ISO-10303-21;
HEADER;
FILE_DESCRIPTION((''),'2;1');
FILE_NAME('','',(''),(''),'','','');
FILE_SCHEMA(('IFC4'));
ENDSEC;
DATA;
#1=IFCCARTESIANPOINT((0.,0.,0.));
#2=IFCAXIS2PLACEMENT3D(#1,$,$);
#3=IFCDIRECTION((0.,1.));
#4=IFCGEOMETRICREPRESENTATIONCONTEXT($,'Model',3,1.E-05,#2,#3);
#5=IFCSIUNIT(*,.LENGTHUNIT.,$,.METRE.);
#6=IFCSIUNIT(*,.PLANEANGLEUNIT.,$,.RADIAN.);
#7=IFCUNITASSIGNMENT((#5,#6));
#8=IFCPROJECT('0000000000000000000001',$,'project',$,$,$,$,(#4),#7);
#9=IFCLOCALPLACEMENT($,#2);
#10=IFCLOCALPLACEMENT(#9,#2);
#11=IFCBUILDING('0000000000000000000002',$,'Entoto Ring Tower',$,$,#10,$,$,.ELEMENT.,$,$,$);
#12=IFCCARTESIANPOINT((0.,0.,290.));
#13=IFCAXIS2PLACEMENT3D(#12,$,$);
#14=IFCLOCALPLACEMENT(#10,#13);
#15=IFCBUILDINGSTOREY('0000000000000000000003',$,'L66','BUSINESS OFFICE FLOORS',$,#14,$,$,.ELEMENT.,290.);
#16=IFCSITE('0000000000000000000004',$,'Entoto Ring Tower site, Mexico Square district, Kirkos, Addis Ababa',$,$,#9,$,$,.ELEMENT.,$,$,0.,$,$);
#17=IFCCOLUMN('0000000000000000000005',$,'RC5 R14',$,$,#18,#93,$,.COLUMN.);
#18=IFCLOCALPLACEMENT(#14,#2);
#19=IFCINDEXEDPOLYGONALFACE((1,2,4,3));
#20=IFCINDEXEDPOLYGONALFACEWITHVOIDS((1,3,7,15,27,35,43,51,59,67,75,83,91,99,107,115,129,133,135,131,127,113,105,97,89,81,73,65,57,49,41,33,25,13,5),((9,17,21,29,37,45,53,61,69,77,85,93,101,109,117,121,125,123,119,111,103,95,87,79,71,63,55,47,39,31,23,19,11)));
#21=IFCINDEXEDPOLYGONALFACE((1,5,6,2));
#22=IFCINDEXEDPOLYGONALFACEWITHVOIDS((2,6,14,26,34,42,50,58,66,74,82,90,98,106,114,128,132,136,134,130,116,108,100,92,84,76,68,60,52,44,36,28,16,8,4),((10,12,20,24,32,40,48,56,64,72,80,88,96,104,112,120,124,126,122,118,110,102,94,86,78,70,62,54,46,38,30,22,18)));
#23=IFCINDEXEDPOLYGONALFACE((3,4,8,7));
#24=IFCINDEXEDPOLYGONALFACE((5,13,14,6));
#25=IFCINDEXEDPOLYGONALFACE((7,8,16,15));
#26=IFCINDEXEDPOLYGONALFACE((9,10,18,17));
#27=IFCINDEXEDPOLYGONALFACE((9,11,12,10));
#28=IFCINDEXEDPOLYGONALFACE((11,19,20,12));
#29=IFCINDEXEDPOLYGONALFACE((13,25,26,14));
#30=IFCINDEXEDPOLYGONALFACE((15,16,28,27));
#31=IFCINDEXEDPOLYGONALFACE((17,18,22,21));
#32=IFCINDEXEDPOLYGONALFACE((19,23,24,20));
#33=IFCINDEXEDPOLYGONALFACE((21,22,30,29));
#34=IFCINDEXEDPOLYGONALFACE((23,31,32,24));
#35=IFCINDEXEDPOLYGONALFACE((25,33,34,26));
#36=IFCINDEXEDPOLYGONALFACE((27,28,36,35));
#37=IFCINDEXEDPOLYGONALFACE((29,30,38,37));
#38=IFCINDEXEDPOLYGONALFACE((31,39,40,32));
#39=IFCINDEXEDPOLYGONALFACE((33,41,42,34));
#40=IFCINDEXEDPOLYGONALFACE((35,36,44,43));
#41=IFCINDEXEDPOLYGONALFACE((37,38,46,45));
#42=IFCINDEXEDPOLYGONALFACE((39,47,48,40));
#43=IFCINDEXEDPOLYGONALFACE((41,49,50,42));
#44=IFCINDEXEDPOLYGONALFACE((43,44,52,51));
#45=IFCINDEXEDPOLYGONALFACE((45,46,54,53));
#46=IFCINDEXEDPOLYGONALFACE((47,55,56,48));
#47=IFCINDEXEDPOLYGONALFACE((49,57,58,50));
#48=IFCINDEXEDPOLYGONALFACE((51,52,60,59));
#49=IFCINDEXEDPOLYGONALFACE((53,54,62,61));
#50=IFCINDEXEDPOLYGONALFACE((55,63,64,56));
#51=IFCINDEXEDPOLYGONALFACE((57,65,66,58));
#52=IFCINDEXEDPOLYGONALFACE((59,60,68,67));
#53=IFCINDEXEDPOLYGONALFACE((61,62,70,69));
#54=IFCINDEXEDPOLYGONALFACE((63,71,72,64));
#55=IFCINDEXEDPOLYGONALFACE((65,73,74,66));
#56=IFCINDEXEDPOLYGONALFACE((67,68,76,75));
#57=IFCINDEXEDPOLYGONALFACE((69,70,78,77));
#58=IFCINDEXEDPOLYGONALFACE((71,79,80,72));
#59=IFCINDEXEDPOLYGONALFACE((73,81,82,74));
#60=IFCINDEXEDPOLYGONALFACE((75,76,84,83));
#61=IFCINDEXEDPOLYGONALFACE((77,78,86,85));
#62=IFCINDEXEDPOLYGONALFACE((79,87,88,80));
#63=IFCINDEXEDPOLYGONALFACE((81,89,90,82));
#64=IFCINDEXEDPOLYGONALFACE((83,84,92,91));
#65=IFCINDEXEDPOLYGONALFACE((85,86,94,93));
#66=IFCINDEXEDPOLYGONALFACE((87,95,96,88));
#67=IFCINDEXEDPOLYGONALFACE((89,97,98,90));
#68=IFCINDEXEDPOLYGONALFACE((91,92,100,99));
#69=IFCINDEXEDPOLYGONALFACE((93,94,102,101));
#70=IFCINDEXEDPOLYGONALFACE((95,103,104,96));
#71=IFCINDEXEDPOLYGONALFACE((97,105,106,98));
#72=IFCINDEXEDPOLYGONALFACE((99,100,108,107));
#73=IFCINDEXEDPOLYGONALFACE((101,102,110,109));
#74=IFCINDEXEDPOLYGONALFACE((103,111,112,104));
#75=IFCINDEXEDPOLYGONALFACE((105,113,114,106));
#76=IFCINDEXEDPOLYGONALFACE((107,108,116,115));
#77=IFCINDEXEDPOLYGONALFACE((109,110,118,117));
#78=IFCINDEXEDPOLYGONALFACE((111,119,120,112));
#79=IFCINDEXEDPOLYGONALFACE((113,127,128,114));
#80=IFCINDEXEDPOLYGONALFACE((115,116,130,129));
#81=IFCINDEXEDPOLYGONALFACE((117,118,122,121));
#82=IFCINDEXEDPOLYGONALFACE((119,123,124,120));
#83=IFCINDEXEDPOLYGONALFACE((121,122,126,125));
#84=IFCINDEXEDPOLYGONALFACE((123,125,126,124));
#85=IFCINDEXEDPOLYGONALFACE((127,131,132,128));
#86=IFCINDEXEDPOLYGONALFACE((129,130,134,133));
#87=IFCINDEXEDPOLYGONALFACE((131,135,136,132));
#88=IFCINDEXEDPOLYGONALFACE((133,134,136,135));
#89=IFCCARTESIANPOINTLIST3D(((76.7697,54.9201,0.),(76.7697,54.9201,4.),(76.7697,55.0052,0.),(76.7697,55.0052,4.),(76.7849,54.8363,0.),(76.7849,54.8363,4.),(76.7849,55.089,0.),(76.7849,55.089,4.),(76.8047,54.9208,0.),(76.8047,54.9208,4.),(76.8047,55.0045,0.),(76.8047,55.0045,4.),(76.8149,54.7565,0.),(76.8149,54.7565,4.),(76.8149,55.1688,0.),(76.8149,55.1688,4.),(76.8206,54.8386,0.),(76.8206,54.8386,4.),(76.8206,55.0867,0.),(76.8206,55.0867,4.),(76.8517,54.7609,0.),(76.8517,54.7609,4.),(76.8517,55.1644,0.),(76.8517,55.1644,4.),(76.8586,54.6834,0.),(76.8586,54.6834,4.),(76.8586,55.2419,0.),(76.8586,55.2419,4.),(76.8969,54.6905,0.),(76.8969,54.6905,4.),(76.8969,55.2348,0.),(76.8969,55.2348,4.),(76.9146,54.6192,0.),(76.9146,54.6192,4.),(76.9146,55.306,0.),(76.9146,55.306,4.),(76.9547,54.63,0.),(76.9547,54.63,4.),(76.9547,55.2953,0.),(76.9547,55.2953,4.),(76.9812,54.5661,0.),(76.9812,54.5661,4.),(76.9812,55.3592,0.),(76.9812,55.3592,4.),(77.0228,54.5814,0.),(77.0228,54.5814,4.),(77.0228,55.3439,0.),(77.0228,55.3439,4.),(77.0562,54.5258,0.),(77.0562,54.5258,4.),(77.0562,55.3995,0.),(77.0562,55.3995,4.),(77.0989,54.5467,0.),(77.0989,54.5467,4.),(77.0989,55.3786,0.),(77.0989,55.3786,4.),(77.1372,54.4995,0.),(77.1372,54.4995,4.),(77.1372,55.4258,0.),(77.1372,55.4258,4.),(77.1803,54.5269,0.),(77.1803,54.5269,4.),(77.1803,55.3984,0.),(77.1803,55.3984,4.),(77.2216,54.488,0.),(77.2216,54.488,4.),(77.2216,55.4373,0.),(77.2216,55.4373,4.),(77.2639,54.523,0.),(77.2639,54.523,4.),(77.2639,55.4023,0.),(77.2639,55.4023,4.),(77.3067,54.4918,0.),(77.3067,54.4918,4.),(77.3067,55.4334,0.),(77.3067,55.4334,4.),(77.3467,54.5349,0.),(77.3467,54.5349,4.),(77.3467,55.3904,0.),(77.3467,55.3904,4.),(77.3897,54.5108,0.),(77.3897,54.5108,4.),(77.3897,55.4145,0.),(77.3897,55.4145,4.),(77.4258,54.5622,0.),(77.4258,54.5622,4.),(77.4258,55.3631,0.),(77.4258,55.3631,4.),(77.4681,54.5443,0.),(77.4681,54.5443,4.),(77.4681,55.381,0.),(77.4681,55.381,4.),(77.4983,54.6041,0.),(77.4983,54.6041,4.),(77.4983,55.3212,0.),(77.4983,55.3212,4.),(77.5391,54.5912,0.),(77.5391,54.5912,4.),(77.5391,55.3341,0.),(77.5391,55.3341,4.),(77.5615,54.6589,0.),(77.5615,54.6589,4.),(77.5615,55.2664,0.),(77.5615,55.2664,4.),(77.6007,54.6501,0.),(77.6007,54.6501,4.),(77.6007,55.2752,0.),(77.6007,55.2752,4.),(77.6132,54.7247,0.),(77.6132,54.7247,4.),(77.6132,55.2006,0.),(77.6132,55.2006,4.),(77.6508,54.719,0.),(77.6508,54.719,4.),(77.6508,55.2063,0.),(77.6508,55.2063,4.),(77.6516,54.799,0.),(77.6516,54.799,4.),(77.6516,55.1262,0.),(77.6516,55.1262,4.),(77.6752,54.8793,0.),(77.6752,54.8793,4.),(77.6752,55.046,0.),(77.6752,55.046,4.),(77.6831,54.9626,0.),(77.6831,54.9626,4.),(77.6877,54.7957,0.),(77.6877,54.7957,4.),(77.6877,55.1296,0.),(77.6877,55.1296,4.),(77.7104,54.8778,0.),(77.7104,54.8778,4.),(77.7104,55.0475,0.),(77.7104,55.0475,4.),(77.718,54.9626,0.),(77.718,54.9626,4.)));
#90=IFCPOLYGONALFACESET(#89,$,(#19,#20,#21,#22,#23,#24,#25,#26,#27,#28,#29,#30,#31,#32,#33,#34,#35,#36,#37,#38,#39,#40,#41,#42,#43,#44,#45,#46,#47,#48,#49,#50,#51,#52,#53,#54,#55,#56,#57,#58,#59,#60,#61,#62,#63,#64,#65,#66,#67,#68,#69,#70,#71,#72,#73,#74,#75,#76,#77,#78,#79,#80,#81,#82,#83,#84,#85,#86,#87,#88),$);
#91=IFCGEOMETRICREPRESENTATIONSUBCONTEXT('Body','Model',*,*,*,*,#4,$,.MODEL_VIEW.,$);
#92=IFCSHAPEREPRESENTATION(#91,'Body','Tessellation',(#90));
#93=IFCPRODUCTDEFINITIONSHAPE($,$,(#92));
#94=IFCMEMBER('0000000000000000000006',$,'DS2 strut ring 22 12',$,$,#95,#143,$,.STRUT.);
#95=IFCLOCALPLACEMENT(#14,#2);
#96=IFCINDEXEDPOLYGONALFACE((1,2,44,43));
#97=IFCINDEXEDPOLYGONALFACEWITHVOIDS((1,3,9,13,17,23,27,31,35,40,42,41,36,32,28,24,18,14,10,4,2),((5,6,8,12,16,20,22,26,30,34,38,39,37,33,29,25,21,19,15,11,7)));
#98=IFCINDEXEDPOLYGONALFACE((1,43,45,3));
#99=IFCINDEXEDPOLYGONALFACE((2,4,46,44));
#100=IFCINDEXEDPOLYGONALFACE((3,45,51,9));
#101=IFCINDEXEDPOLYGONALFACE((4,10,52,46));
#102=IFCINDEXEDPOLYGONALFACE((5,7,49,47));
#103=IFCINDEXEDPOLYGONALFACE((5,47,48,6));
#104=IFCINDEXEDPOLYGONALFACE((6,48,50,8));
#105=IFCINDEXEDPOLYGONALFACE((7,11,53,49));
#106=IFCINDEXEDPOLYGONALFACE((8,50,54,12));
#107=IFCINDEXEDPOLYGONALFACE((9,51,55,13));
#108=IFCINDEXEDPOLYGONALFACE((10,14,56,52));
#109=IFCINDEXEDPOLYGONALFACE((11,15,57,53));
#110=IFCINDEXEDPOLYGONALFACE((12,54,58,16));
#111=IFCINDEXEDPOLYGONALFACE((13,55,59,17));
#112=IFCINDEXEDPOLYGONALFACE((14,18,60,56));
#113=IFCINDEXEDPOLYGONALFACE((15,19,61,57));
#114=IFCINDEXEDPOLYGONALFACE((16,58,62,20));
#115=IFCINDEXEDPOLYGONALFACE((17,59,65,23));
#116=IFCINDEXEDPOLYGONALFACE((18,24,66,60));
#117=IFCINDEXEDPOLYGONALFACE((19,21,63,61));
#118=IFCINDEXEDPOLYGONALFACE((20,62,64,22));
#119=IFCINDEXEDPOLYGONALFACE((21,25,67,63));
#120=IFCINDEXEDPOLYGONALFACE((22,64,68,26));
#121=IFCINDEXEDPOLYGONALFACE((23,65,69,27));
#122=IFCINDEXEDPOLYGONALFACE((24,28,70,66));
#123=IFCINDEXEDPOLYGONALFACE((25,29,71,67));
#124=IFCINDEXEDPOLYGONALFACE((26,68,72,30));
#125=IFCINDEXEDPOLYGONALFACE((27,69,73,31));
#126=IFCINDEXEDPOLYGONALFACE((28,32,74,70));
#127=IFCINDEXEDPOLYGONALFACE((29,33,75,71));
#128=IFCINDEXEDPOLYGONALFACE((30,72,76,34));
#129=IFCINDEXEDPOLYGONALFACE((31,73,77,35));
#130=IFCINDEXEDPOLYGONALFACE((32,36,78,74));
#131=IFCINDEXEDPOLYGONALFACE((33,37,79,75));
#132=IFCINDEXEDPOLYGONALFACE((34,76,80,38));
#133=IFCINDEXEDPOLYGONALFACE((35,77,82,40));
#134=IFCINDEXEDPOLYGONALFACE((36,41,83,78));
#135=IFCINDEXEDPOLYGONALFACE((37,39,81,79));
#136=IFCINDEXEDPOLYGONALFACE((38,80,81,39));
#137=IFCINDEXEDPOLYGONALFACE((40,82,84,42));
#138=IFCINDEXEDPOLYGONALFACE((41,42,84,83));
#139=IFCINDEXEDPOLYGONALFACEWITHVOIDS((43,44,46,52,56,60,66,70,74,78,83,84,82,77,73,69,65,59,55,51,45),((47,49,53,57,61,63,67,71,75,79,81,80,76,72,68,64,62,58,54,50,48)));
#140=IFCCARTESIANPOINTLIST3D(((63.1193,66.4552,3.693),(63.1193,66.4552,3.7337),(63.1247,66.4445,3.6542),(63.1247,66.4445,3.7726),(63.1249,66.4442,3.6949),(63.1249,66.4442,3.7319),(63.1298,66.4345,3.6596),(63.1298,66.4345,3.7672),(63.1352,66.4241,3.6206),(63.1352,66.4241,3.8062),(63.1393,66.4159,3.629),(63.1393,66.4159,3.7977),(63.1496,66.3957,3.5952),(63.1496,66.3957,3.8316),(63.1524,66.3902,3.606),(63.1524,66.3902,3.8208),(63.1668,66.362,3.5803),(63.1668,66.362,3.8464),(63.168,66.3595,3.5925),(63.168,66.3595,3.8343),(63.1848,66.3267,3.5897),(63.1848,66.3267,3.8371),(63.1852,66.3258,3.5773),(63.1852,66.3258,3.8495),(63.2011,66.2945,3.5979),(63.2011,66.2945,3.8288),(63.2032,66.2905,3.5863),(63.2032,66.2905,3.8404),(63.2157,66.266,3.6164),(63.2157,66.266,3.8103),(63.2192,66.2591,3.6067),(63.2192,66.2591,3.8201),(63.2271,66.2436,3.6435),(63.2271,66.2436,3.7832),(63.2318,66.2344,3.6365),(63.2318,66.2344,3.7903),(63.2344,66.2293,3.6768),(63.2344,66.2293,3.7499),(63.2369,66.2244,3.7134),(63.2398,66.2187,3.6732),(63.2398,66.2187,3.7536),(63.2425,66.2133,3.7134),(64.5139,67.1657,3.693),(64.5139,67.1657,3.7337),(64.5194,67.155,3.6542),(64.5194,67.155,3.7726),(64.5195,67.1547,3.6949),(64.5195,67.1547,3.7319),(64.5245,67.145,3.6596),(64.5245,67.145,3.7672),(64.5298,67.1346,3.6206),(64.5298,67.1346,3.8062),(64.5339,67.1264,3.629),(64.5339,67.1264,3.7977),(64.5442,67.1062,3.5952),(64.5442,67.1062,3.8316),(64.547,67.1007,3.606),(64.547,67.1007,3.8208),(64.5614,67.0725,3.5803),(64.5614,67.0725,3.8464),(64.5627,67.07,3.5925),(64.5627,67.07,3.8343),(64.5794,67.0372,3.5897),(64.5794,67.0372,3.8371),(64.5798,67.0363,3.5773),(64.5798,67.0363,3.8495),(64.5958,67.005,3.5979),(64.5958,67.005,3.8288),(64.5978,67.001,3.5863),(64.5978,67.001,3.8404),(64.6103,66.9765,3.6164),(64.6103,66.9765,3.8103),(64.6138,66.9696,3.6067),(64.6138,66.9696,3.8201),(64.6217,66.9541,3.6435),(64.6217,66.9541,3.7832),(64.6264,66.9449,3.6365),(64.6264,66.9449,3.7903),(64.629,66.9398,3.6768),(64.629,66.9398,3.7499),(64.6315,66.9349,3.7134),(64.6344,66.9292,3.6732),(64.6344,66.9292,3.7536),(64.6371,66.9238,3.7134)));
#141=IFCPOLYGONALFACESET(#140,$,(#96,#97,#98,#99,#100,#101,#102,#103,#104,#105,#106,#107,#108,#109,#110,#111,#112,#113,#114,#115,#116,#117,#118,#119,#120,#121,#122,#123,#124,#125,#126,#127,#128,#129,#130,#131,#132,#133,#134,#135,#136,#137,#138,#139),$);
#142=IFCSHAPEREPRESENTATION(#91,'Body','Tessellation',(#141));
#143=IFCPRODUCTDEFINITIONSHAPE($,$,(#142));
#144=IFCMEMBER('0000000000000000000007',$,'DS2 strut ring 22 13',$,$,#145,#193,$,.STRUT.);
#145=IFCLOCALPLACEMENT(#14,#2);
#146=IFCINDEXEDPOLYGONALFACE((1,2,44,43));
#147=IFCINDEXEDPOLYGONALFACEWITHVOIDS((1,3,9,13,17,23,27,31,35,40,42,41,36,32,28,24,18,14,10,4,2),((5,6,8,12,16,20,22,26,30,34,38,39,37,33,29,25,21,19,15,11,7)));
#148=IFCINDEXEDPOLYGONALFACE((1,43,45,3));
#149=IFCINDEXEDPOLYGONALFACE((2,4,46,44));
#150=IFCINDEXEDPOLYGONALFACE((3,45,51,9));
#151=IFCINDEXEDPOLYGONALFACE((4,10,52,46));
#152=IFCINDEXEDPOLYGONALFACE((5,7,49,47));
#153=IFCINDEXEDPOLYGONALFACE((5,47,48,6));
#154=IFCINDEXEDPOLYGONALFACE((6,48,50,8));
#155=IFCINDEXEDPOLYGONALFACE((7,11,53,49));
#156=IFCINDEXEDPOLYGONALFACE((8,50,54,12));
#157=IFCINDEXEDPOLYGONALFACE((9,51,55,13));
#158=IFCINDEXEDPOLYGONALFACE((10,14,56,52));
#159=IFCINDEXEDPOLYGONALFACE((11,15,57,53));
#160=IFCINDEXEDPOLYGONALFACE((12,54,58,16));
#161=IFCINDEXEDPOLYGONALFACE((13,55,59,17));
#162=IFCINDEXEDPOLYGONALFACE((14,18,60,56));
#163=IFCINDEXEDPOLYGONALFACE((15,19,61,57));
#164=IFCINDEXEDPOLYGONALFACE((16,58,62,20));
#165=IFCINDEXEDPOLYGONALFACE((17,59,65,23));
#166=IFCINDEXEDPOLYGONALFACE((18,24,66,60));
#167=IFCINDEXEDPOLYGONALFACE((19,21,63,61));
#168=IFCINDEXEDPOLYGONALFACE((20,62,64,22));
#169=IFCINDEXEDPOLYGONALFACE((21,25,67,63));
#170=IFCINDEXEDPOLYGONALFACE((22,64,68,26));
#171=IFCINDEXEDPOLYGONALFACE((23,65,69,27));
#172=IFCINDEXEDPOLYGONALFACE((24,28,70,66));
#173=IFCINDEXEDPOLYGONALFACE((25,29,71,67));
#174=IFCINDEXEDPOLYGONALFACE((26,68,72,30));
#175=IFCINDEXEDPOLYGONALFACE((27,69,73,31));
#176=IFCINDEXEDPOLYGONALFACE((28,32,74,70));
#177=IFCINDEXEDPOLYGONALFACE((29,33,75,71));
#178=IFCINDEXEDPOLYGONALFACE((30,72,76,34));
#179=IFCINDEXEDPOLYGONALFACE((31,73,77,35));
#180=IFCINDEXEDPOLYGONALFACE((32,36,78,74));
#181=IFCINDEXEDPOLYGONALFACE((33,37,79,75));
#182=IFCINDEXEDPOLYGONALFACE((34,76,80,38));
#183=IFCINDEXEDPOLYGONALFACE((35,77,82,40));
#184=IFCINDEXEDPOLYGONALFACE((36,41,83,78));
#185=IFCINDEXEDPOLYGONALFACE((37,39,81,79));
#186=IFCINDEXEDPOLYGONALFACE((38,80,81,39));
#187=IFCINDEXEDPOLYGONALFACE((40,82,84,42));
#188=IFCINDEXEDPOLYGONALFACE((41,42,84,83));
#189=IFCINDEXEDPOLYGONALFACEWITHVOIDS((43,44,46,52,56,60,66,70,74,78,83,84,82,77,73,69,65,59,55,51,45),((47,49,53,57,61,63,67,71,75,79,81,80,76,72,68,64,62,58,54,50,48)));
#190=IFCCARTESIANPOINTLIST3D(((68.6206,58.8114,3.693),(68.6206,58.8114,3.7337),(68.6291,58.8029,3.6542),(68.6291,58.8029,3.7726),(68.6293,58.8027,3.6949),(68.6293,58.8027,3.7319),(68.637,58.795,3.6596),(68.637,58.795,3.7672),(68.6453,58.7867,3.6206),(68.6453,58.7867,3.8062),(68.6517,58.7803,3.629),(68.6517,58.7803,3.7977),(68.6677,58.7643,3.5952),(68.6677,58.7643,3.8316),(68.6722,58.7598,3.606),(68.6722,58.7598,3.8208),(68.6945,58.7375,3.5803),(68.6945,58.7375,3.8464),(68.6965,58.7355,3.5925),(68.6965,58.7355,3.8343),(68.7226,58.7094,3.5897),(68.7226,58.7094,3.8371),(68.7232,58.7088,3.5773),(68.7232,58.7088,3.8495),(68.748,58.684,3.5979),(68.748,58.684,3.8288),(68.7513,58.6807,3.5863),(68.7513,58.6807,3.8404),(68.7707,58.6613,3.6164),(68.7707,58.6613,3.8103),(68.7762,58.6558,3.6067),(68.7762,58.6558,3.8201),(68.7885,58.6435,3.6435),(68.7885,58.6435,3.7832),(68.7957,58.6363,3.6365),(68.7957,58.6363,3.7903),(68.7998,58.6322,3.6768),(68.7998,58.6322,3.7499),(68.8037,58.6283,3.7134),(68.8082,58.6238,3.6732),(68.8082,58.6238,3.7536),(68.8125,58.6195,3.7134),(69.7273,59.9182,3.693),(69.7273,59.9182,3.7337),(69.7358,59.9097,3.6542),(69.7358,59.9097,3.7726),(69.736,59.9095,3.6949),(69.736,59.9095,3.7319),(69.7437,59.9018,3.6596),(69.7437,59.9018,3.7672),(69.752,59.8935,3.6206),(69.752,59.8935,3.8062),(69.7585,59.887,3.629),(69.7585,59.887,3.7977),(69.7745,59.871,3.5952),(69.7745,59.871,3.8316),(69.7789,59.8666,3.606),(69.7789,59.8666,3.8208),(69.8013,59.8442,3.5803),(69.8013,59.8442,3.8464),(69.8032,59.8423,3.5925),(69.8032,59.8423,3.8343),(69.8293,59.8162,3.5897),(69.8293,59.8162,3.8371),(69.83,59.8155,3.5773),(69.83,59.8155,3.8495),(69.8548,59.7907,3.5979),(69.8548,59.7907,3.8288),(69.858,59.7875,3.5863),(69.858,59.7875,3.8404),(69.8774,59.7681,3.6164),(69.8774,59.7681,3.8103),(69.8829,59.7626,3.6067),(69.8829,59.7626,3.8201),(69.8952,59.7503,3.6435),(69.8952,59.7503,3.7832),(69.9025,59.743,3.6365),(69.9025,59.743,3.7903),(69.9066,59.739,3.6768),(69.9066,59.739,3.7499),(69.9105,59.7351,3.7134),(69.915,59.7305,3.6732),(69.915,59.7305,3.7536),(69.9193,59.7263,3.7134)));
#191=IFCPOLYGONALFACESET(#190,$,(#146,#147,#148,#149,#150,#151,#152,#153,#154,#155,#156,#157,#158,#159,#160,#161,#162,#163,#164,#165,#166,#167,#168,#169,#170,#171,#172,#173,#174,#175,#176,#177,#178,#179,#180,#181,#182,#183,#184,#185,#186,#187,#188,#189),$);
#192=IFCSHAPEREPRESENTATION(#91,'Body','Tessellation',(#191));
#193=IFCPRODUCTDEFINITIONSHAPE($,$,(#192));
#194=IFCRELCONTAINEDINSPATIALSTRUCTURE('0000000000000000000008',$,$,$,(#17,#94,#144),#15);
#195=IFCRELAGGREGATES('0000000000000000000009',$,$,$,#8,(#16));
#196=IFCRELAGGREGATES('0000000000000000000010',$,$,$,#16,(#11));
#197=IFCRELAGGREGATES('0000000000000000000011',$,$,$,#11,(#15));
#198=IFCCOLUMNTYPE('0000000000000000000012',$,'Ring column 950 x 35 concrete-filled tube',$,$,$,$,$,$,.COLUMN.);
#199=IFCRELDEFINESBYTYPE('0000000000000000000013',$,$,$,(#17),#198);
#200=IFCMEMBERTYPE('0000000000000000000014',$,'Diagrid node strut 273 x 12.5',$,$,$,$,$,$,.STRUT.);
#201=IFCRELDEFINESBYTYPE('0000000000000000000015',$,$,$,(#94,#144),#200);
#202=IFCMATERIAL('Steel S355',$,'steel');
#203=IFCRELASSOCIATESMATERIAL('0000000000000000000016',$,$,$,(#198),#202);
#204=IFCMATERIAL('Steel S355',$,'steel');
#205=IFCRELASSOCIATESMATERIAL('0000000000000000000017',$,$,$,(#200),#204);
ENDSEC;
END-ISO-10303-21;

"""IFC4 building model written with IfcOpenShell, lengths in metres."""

from ifc_helpers import new_model, si_unit, direction, frame, origin, origin_2d, place, context, subcontext, project, spatial, circle, hollow_circle, extrude, material, material_profile, profile_set, type_object, element, save


model = new_model("IFC4")

# Units and contexts
model_context = context("Model", 3, precision=1e-05, world=origin(), true_north=direction((0.0, 1.0)))
body_context = subcontext(model_context, "Body", "Model", "MODEL_VIEW")
ifc_project = project(units=[si_unit("LENGTHUNIT", "METRE"), si_unit("PLANEANGLEUNIT", "RADIAN")], contexts=[model_context])

# Site, building, storey
site_placement = place(None, origin())
site = spatial("IfcSite", under=ifc_project, at=site_placement, Name="Entoto Ring Tower site, Mexico Square district, Kirkos, Addis Ababa", CompositionType="ELEMENT", RefElevation=0.0)
building_placement = place(site_placement, origin())
building = spatial("IfcBuilding", under=site, at=building_placement, Name="Entoto Ring Tower", CompositionType="ELEMENT")
storey_placement = place(building_placement, frame((0.0, 0.0, 290.0)))
storey = spatial("IfcBuildingStorey", under=building, at=storey_placement, Name="L66", Description="BUSINESS OFFICE FLOORS", CompositionType="ELEMENT", Elevation=290.0)

# Column
ifc_material_1 = material(Name="Steel S355", Category="steel")
ifc_material_profile_1 = material_profile(ifc_material_1, hollow_circle(Radius=0.4751, WallThickness=0.0349, at=origin_2d()), Name="CHS 950 x 35")
ifc_material_2 = material(Name="Concrete C60/75", Category="concrete")
ifc_material_profile_2 = material_profile(ifc_material_2, circle(Radius=0.4399, at=origin_2d()), Name="Concrete C60/75 infill")
ifc_profile_set_1 = profile_set([ifc_material_profile_1, ifc_material_profile_2], Name="Steel S355")
column_type = type_object("IfcColumnType", Name="Ring column 950 x 35 concrete-filled tube", PredefinedType="COLUMN", material=ifc_profile_set_1)
for number, where, z_axis, x_axis, name in (
    (1, (77.2429, 54.9626, 0.0), (0.0, 0.0, 1.0), (1.0, 0.0, 0.0), "RC5 R14"),
):
    element("IfcColumn", number, at=place(storey_placement, frame(where, z_axis=z_axis, x_axis=x_axis)), inside=storey, type_object=column_type, Name=name, PredefinedType="COLUMN", context=body_context, shape_type="SweptSolid", body=[
        extrude(hollow_circle(Radius=0.4751, WallThickness=0.0349, at=origin_2d()), origin(), (0.0, 0.0, 1.0), 4.0),
    ])

# Members
ifc_material_3 = material(Name="Steel S355", Category="steel")
ifc_material_profile_3 = material_profile(ifc_material_3, hollow_circle(Radius=0.1365, WallThickness=0.0125, at=origin_2d()), Name="CHS 273 x 12.5")
ifc_material_4 = material(Name="Concrete C60/75", Category="concrete")
ifc_material_profile_4 = material_profile(ifc_material_4, circle(Radius=0.124, at=origin_2d()), Name="Concrete C60/75 infill")
ifc_profile_set_2 = profile_set([ifc_material_profile_3, ifc_material_profile_4], Name="Steel S355")
member_type = type_object("IfcMemberType", Name="Diagrid node strut 273 x 12.5", PredefinedType="STRUT", material=ifc_profile_set_2)
for number, where, z_axis, x_axis, name in (
    (2, (64.5752, 67.0454, 3.7134), (-0.891032, -0.45394, 0.0), (0.45394, -0.891032, 0.0), "DS2 strut ring 22 12"),
    (3, (69.8228, 59.8228, 3.7134), (-0.707107, -0.707107, 0.0), (0.707107, -0.707107, 0.0), "DS2 strut ring 22 13"),
):
    element("IfcMember", number, at=place(storey_placement, frame(where, z_axis=z_axis, x_axis=x_axis)), inside=storey, type_object=member_type, Name=name, PredefinedType="STRUT", context=body_context, shape_type="SweptSolid", body=[
        extrude(hollow_circle(Radius=0.1365, WallThickness=0.0125, at=origin_2d()), origin(), (0.0, 0.0, 1.0), 1.5652),
    ])

save(model, "model.ifc")
